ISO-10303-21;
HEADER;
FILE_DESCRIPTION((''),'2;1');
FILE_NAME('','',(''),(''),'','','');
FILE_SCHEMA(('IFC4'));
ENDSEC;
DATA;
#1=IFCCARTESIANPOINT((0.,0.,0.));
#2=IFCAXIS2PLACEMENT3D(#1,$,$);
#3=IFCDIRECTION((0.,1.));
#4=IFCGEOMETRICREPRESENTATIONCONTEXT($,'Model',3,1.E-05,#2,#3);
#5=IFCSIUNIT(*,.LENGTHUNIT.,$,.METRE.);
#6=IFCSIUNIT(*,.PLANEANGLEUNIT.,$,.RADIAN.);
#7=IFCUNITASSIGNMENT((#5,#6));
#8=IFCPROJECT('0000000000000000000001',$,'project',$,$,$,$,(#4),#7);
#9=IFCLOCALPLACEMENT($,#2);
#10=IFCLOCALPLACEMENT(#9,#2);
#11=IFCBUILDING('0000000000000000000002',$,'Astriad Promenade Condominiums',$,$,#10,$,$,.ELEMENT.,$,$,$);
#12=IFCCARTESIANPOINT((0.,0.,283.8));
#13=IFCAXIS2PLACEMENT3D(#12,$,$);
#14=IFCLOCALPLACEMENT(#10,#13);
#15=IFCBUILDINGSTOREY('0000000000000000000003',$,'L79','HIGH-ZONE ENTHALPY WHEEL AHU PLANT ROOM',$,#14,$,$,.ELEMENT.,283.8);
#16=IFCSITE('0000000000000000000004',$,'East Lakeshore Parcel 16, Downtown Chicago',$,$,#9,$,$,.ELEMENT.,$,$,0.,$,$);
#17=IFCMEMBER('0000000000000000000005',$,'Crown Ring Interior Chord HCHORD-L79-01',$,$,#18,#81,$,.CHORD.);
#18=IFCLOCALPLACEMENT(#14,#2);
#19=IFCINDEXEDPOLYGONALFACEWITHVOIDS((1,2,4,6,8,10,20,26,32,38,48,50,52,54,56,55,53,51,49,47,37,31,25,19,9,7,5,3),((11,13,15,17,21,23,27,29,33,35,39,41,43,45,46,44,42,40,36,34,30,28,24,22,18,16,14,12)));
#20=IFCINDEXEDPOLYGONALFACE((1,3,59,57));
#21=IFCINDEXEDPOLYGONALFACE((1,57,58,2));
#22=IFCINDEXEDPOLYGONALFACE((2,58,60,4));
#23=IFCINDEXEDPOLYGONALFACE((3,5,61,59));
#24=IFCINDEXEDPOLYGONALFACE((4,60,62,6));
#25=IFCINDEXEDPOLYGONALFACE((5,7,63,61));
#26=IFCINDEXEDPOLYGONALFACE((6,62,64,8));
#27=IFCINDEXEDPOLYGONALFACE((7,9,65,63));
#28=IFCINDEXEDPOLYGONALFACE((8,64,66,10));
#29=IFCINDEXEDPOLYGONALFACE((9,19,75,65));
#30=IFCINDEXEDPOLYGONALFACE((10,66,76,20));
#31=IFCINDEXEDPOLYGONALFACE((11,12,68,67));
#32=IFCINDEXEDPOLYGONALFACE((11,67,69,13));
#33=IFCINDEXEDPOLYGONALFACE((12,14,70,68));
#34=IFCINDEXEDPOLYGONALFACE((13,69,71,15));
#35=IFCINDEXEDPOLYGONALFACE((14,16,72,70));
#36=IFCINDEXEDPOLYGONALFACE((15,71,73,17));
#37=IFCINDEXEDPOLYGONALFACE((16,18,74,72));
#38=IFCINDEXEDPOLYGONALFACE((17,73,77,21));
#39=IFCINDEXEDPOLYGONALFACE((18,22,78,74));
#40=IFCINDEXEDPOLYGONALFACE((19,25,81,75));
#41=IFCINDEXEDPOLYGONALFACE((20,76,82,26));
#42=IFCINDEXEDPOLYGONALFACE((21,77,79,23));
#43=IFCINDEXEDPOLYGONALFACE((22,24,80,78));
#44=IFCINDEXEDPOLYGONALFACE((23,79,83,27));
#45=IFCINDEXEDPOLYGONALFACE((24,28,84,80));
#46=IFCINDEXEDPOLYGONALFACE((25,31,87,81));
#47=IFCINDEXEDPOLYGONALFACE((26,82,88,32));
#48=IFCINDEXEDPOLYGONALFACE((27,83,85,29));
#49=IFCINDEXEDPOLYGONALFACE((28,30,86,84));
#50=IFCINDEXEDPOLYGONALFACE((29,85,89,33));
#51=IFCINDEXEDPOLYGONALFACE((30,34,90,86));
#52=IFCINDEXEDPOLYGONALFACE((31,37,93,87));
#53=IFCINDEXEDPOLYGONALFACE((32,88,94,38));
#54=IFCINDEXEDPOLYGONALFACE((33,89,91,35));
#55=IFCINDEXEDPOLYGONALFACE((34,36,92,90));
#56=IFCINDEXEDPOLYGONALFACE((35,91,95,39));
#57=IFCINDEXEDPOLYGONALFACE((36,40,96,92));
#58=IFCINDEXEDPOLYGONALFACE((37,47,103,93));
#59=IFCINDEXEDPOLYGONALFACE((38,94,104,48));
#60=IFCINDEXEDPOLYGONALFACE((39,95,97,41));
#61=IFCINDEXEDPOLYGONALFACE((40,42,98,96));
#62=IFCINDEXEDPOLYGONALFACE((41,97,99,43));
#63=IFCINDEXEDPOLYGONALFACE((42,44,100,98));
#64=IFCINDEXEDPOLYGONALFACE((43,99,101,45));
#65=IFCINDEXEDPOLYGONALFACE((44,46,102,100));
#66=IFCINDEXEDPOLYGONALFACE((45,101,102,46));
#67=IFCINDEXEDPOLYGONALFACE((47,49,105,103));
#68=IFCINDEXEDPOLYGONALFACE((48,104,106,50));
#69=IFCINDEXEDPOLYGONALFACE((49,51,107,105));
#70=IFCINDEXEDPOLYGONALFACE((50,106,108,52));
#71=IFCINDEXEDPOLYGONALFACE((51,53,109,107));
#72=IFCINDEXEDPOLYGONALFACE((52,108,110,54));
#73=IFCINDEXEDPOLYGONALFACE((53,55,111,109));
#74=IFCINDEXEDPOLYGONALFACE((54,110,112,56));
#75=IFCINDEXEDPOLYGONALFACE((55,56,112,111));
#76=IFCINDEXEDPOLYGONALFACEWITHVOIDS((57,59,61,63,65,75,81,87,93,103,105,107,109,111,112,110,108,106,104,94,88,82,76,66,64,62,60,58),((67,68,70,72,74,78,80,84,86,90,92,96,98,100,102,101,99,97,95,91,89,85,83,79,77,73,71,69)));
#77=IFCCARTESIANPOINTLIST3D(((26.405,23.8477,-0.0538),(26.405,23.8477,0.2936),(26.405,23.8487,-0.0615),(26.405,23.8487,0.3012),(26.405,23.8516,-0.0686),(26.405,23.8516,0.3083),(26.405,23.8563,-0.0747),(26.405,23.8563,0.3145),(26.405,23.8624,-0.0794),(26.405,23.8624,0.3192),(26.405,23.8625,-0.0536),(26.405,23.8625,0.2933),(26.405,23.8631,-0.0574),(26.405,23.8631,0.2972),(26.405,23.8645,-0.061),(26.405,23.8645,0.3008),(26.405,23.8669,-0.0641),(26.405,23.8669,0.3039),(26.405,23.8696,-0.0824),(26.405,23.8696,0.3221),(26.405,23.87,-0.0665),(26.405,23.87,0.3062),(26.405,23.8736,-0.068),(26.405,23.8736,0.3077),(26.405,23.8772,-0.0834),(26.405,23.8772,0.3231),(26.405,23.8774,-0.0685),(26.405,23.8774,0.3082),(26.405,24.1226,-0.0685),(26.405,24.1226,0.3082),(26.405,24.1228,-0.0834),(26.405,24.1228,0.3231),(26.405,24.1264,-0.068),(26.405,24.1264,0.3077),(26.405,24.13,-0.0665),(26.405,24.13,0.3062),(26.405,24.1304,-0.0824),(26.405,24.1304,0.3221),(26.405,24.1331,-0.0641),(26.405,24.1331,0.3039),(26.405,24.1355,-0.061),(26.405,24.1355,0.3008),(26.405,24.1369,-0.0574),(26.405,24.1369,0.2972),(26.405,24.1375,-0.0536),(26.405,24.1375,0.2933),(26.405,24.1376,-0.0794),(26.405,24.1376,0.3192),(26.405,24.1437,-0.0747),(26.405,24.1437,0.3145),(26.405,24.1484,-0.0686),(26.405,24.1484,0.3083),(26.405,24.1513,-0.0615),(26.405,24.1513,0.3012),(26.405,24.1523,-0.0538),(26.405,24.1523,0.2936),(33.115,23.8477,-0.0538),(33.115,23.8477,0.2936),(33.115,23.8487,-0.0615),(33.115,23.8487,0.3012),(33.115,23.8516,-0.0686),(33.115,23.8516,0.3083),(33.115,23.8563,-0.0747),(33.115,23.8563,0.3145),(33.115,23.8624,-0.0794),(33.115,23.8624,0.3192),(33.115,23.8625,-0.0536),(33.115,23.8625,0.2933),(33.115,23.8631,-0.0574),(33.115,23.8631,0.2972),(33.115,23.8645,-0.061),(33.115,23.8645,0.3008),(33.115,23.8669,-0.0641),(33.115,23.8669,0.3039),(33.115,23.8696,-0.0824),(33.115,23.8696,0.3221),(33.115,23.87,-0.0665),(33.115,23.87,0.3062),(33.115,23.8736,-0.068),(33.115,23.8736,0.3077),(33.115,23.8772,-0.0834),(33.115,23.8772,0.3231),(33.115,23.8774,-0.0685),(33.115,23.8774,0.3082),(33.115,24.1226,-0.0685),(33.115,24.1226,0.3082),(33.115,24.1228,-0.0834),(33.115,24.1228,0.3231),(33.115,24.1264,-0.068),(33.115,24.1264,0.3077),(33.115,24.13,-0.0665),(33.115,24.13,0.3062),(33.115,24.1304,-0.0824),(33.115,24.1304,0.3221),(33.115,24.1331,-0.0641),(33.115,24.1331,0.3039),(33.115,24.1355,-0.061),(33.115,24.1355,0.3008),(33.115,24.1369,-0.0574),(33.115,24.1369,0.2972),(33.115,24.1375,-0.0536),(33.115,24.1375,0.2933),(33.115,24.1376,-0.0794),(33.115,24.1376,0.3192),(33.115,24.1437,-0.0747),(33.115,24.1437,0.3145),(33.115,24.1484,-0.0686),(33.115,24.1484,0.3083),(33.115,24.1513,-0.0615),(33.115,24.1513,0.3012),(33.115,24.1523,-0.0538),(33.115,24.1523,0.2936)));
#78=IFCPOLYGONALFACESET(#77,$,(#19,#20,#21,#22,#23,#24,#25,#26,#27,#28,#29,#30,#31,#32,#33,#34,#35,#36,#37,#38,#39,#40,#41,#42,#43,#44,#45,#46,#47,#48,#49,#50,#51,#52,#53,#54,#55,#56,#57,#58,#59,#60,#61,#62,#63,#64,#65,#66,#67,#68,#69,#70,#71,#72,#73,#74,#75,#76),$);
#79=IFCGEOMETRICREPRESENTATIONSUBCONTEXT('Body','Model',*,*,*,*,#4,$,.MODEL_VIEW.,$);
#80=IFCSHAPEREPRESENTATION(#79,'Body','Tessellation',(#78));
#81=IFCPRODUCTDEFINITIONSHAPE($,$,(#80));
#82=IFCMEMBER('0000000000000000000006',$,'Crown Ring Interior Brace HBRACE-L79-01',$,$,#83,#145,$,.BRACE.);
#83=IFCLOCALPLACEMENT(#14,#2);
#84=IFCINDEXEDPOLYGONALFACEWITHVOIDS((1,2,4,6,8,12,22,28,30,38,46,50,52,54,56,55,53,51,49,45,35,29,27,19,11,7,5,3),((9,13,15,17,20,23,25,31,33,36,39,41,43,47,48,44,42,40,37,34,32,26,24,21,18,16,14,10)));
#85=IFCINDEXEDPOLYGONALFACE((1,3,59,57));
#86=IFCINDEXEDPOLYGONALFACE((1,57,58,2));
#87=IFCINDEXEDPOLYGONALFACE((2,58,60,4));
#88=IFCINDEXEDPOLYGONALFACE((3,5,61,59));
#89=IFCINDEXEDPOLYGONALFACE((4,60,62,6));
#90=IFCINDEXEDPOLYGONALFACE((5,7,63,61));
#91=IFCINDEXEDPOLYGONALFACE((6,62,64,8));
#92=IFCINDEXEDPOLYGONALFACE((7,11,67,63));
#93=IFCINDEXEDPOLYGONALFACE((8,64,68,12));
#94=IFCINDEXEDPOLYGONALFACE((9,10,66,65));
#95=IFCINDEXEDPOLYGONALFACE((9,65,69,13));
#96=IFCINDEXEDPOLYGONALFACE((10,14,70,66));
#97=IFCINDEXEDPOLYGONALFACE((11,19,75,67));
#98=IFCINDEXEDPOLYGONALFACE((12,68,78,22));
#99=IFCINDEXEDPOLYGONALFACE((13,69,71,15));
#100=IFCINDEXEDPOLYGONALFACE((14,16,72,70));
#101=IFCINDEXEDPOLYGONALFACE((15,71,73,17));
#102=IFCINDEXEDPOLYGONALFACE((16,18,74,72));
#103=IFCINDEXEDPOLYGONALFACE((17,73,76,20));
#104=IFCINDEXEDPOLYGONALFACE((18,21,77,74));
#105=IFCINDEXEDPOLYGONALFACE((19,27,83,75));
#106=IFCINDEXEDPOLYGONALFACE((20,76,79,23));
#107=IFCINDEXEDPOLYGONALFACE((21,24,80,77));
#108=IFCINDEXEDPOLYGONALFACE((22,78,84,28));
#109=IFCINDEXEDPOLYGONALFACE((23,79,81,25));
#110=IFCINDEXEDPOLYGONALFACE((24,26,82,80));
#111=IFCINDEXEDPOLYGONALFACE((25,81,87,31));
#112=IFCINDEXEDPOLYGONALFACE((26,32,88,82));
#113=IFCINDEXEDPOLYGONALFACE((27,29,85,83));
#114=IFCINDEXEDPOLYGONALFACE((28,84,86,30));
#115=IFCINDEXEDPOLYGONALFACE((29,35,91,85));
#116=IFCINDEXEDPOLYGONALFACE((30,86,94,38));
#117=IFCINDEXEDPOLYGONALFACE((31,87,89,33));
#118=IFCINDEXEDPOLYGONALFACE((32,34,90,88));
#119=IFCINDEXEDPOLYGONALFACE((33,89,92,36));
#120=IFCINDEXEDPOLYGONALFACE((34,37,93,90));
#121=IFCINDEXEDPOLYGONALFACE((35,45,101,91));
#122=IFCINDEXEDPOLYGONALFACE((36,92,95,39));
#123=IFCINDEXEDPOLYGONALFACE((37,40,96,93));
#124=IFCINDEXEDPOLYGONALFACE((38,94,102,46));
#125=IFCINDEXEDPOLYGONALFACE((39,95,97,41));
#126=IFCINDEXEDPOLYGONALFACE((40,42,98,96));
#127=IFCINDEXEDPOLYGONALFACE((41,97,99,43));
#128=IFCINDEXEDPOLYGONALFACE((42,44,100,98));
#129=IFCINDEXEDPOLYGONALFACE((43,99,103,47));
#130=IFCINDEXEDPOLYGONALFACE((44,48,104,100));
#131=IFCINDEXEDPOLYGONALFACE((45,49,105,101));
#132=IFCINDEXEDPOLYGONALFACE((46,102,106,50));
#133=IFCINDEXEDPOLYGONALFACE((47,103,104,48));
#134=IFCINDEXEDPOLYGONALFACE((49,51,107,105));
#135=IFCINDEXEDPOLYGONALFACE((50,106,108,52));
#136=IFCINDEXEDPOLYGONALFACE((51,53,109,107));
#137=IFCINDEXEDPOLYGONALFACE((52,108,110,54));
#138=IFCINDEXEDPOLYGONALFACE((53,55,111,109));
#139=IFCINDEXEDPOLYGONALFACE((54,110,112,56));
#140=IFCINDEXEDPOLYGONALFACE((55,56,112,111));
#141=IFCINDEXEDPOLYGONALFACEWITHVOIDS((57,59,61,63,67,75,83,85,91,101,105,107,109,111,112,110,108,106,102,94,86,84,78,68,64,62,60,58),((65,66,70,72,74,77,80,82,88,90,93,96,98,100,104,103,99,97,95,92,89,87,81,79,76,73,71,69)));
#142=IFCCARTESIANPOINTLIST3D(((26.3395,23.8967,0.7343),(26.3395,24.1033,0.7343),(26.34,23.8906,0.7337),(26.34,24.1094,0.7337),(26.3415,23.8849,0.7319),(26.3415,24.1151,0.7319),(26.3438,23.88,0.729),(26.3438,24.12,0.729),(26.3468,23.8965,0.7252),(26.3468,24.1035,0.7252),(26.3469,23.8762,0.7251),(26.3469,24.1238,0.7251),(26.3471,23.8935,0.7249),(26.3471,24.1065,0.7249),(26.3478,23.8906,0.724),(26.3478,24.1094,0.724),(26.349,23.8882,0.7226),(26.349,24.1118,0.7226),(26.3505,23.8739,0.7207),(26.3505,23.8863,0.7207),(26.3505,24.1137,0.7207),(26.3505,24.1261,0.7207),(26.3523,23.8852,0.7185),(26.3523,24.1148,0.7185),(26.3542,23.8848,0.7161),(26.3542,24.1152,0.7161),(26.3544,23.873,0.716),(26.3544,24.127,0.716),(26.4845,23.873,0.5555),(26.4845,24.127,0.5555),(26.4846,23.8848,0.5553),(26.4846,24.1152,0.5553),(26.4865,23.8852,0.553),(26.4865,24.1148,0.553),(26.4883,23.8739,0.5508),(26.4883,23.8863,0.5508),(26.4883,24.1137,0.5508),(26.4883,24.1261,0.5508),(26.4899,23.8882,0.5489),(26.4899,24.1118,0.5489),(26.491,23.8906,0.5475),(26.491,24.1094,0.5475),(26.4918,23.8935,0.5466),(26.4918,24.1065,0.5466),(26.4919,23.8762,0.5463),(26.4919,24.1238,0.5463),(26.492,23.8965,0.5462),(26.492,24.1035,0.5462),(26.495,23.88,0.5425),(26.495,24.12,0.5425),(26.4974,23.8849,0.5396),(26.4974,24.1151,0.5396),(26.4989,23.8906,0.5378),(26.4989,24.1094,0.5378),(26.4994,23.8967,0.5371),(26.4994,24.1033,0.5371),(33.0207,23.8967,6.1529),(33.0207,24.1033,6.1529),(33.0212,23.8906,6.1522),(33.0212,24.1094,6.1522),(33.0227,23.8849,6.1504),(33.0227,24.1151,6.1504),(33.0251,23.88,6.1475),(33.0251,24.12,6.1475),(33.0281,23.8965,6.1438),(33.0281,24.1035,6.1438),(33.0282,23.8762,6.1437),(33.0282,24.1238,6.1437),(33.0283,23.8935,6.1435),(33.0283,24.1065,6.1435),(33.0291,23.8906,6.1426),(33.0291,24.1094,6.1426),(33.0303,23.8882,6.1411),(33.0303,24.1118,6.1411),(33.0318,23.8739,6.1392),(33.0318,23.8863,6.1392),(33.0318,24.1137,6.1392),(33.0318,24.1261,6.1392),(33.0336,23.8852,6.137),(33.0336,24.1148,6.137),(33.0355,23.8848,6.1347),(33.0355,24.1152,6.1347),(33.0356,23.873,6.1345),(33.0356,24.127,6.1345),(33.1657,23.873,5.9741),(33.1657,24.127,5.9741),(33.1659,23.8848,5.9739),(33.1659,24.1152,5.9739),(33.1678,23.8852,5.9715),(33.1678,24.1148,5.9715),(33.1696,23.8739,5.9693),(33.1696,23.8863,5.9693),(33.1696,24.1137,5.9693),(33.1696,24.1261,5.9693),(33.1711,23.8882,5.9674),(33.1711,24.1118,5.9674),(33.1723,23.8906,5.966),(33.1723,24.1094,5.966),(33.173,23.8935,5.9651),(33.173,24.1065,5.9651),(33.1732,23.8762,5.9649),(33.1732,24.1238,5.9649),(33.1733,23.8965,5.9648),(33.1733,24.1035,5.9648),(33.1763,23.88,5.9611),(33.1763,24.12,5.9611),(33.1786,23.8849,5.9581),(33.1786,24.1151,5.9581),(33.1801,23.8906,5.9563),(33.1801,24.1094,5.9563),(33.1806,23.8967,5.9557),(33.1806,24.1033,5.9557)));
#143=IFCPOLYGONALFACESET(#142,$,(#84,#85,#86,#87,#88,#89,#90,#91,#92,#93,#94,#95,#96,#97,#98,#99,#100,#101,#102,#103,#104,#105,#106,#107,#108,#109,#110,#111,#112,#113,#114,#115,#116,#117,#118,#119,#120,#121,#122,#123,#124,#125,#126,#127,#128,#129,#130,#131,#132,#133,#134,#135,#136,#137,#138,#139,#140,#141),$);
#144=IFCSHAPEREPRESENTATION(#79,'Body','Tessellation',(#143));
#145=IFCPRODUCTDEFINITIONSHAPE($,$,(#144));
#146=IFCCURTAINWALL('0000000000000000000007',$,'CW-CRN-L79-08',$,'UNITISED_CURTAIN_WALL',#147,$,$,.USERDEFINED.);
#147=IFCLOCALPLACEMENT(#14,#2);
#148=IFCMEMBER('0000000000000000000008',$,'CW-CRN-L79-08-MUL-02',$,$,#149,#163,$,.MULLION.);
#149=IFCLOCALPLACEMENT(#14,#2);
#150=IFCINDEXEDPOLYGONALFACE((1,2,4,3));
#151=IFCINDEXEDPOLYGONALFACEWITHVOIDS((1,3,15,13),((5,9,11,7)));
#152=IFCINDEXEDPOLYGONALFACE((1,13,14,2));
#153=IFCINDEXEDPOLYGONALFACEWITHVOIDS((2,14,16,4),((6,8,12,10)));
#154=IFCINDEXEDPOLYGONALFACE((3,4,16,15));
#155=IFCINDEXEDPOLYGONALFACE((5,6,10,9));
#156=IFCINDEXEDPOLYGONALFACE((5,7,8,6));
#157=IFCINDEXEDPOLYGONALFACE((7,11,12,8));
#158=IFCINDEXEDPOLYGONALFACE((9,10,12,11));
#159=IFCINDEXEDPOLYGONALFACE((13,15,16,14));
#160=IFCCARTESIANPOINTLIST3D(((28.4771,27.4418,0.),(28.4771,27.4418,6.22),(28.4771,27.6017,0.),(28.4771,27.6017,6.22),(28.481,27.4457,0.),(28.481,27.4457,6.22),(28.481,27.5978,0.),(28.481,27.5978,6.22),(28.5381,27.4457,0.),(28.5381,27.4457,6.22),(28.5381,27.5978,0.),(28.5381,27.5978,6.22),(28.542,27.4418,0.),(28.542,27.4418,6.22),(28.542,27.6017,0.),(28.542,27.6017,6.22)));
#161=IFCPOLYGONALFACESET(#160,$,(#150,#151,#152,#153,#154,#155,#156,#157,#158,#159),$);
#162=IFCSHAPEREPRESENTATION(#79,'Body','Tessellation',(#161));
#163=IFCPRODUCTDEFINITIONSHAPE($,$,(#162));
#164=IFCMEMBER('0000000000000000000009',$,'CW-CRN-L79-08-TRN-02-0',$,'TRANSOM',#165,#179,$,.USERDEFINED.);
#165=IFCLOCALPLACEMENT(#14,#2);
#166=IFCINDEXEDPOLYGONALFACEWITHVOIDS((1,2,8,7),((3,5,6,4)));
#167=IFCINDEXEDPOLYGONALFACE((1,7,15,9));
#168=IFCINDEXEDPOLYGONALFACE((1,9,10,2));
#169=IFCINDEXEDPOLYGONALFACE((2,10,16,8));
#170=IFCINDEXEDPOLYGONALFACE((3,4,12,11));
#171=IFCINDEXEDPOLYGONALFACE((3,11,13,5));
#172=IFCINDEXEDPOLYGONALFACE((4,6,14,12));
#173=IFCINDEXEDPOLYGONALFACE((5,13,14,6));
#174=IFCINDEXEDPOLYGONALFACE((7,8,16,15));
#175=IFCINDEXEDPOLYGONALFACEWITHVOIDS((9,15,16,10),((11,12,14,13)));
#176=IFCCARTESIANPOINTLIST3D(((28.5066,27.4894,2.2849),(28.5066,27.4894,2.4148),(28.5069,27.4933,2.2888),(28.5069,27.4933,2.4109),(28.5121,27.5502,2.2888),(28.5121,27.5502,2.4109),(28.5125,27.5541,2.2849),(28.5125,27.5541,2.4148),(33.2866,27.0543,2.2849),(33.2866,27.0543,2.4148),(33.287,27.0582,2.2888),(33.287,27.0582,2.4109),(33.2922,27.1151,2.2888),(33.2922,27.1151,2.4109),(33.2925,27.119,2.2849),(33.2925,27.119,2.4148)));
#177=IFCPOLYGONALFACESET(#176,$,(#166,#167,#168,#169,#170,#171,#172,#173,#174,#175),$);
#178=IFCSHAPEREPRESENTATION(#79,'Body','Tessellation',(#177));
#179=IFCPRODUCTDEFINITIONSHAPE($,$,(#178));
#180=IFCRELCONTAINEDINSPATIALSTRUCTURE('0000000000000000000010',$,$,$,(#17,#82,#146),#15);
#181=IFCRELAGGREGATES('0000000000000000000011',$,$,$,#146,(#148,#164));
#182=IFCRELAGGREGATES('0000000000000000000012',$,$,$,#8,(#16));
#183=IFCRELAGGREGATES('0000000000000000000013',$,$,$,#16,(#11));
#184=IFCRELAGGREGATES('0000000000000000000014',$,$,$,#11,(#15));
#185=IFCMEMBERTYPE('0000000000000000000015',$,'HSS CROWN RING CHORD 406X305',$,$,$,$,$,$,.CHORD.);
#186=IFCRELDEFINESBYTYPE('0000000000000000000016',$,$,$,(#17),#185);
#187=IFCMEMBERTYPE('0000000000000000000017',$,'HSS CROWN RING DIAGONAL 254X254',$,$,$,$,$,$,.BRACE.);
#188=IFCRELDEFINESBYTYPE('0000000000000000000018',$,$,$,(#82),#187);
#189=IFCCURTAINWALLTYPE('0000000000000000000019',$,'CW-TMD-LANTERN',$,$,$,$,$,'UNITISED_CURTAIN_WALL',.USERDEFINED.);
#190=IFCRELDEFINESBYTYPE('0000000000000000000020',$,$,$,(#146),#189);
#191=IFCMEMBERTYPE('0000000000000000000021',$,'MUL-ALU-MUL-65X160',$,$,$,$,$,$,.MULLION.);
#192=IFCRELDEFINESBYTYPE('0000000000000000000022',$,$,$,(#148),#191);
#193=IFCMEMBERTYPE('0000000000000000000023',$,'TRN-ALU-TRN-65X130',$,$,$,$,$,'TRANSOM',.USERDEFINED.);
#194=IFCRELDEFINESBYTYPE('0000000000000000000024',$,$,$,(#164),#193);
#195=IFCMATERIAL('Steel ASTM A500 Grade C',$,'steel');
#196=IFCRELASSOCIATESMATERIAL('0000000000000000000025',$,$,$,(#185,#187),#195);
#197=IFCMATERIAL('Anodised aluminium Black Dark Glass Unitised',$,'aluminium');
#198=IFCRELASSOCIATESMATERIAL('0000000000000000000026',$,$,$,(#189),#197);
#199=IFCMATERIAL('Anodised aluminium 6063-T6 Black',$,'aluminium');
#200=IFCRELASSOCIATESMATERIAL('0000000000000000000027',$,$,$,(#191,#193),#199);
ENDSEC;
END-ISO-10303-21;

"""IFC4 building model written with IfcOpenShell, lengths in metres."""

from ifc_helpers import new_model, si_unit, direction, frame, origin, origin_2d, place, context, subcontext, project, spatial, hollow_rectangle, extrude, source, transform, mapped, material, material_profile, profile_set, type_object, type_shapes, element, aggregate, save


model = new_model("IFC4")

# Units and contexts
model_context = context("Model", 3, precision=1e-05, world=origin(), true_north=direction((0.0, 1.0)))
body_context = subcontext(model_context, "Body", "Model", "MODEL_VIEW")
ifc_project = project(units=[si_unit("LENGTHUNIT", "METRE"), si_unit("PLANEANGLEUNIT", "RADIAN")], contexts=[model_context])

# Site, building, storey
site_placement = place(None, origin())
site = spatial("IfcSite", under=ifc_project, at=site_placement, Name="East Lakeshore Parcel 16, Downtown Chicago", CompositionType="ELEMENT", RefElevation=0.0)
building_placement = place(site_placement, origin())
building = spatial("IfcBuilding", under=site, at=building_placement, Name="Astriad Promenade Condominiums", CompositionType="ELEMENT")
storey_placement = place(building_placement, frame((0.0, 0.0, 283.8)))
storey = spatial("IfcBuildingStorey", under=building, at=storey_placement, Name="L79", Description="HIGH-ZONE ENTHALPY WHEEL AHU PLANT ROOM", CompositionType="ELEMENT", Elevation=283.8)

# Members
ifc_material_1 = material(Name="Steel ASTM A500 Grade C", Category="steel")
ifc_material_profile_1 = material_profile(ifc_material_1, hollow_rectangle(XDim=0.3047, YDim=0.4065, WallThickness=0.0149, InnerFilletRadius=0.0149, OuterFilletRadius=0.0295, at=origin_2d()), Name="HSS406X305X15.9")
ifc_profile_set_1 = profile_set([ifc_material_profile_1], Name="Steel ASTM A500 Grade C")
member_type_1 = type_object("IfcMemberType", Name="HSS CROWN RING CHORD 406X305", PredefinedType="CHORD", material=ifc_profile_set_1)
shared_shape_1 = source(origin(), body_context, "Body", "SweptSolid", [
    extrude(hollow_rectangle(XDim=0.3047, YDim=0.4065, WallThickness=0.0149, InnerFilletRadius=0.0149, OuterFilletRadius=0.0295, at=origin_2d()), origin(), (0.0, 0.0, 1.0), 6.71),
])
type_shapes(member_type_1, [shared_shape_1])
member_1_placement = place(storey_placement, frame((26.405, 24.0, 0.1199), z_axis=(1.0, 0.0, 0.0), x_axis=(0.0, 1.0, 0.0)))
element("IfcMember", 1, at=member_1_placement, inside=storey, type_object=member_type_1, Name="Crown Ring Interior Chord HCHORD-L79-01", PredefinedType="CHORD", context=body_context, shape_type="MappedRepresentation", body=[
    mapped(shared_shape_1, transform((0.0, 0.0, 0.0), scale=1.0)),
])
ifc_material_profile_2 = material_profile(ifc_material_1, hollow_rectangle(XDim=0.2539, YDim=0.2539, WallThickness=0.0117, InnerFilletRadius=0.0117, OuterFilletRadius=0.0237, at=origin_2d()), Name="HSS254X254X12.7")
ifc_profile_set_2 = profile_set([ifc_material_profile_2], Name="Steel ASTM A500 Grade C")
member_type_2 = type_object("IfcMemberType", Name="HSS CROWN RING DIAGONAL 254X254", PredefinedType="BRACE", material=ifc_profile_set_2)
shared_shape_2 = source(origin(), body_context, "Body", "SweptSolid", [
    extrude(hollow_rectangle(XDim=0.2539, YDim=0.2539, WallThickness=0.0117, InnerFilletRadius=0.0117, OuterFilletRadius=0.0237, at=origin_2d()), origin(), (0.0, 0.0, 1.0), 8.6023),
])
type_shapes(member_type_2, [shared_shape_2])
member_2_placement = place(storey_placement, frame((26.4194, 24.0, 0.6357), z_axis=(0.776681, 0.0, 0.629894), x_axis=(0.0, 1.0, 0.0)))
element("IfcMember", 2, at=member_2_placement, inside=storey, type_object=member_type_2, Name="Crown Ring Interior Brace HBRACE-L79-01", PredefinedType="BRACE", context=body_context, shape_type="MappedRepresentation", body=[
    mapped(shared_shape_2, transform((0.0, 0.0, 0.0), scale=1.0)),
])

# Curtain wall, members
ifc_material_2 = material(Name="Anodised aluminium Black Dark Glass Unitised", Category="aluminium")
curtain_wall_type = type_object("IfcCurtainWallType", Name="CW-TMD-LANTERN", ElementType="UNITISED_CURTAIN_WALL", PredefinedType="USERDEFINED", material=ifc_material_2)
curtain_wall_placement = place(storey_placement, origin())
curtain_wall = element("IfcCurtainWall", 3, at=curtain_wall_placement, inside=storey, type_object=curtain_wall_type, Name="CW-CRN-L79-08", ObjectType="UNITISED_CURTAIN_WALL", PredefinedType="USERDEFINED")
ifc_material_3 = material(Name="Anodised aluminium 6063-T6 Black", Category="aluminium")
ifc_material_profile_3 = material_profile(ifc_material_3, hollow_rectangle(XDim=0.0649, YDim=0.1599, WallThickness=0.0039, at=origin_2d()), Name="ALU-MUL-65X160")
ifc_profile_set_3 = profile_set([ifc_material_profile_3], Name="Anodised aluminium 6063-T6 Black")
member_type_3 = type_object("IfcMemberType", Name="MUL-ALU-MUL-65X160", PredefinedType="MULLION", material=ifc_profile_set_3)
shared_shape_3 = source(origin(), body_context, "Body", "SweptSolid", [
    extrude(hollow_rectangle(XDim=0.0649, YDim=0.1599, WallThickness=0.0039, at=origin_2d()), origin(), (0.0, 0.0, 1.0), 6.22),
])
type_shapes(member_type_3, [shared_shape_3])
member_3_placement = place(storey_placement, frame((28.5095, 27.5217, 0.0), z_axis=(0.0, 0.0, 1.0), x_axis=(1.0, 0.0, 0.0)))
member_3 = element("IfcMember", 4, at=member_3_placement, type_object=member_type_3, Name="CW-CRN-L79-08-MUL-02", PredefinedType="MULLION", context=body_context, shape_type="MappedRepresentation", body=[
    mapped(shared_shape_3, transform((0.0, 0.0, 0.0), scale=1.0)),
])
ifc_material_profile_4 = material_profile(ifc_material_3, hollow_rectangle(XDim=0.0649, YDim=0.1299, WallThickness=0.0039, at=origin_2d()), Name="ALU-TRN-65X130")
ifc_profile_set_4 = profile_set([ifc_material_profile_4], Name="Anodised aluminium 6063-T6 Black")
member_type_4 = type_object("IfcMemberType", Name="TRN-ALU-TRN-65X130", ElementType="TRANSOM", PredefinedType="USERDEFINED", material=ifc_profile_set_4)
shared_shape_4 = source(origin(), body_context, "Body", "SweptSolid", [
    extrude(hollow_rectangle(XDim=0.0649, YDim=0.1299, WallThickness=0.0039, at=origin_2d()), origin(), (0.0, 0.0, 1.0), 4.7998),
])
type_shapes(member_type_4, [shared_shape_4])
member_4_placement = place(storey_placement, frame((28.5095, 27.5217, 2.3499), z_axis=(0.995884, -0.090641, 0.0), x_axis=(0.090641, 0.995884, 0.0)))
member_4 = element("IfcMember", 5, at=member_4_placement, type_object=member_type_4, Name="CW-CRN-L79-08-TRN-02-0", ObjectType="TRANSOM", PredefinedType="USERDEFINED", context=body_context, shape_type="MappedRepresentation", body=[
    mapped(shared_shape_4, transform((0.0, 0.0, 0.0), scale=1.0)),
])

aggregate(curtain_wall, [member_3, member_4])

save(model, "model.ifc")
